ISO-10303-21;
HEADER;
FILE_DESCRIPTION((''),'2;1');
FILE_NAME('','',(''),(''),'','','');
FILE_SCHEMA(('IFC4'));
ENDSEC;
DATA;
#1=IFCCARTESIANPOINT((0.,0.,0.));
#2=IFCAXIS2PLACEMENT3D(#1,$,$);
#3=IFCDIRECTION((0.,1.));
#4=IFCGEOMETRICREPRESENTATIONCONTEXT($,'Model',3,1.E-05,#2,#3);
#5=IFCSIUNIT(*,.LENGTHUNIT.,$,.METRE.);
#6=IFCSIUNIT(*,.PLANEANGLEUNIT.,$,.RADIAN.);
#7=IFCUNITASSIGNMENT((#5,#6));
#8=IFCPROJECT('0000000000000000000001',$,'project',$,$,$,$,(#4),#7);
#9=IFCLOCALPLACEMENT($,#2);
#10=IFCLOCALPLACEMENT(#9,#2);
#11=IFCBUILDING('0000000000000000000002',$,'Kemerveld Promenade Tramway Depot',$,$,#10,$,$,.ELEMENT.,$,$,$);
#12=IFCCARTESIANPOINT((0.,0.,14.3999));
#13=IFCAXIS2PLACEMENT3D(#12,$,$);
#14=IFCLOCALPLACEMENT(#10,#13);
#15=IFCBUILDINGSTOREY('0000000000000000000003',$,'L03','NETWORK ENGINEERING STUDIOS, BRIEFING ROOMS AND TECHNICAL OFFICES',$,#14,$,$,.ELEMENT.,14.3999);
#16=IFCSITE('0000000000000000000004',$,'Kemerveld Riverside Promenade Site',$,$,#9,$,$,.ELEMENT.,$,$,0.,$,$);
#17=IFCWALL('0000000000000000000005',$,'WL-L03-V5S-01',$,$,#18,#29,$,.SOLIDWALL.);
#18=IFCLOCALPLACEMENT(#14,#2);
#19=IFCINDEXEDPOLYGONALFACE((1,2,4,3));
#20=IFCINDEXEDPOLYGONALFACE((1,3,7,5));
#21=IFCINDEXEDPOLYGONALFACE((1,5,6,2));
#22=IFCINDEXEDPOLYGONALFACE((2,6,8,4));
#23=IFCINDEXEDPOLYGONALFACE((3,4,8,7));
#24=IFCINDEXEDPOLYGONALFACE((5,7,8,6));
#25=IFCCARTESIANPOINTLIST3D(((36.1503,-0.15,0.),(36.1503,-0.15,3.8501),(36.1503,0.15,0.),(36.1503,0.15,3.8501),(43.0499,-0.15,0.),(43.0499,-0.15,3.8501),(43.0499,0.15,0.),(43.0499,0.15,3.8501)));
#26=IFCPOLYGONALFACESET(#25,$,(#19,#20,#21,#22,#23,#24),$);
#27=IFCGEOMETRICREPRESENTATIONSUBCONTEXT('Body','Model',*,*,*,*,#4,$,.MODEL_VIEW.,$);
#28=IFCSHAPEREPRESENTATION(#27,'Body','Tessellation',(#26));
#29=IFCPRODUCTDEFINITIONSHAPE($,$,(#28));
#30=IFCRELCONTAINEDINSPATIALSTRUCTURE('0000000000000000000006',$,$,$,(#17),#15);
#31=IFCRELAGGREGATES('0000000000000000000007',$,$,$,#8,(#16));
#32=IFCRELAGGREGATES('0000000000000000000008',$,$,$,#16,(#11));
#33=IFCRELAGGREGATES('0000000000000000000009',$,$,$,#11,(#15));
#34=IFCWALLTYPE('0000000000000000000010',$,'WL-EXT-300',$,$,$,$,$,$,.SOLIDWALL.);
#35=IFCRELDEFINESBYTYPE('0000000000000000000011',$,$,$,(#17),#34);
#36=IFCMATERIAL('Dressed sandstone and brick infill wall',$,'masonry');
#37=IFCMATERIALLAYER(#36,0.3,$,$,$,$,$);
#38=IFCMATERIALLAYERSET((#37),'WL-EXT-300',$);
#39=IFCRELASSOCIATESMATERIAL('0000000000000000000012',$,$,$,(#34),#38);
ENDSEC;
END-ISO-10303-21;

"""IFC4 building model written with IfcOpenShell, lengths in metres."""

from ifc_helpers import new_model, si_unit, direction, frame, frame_2d, origin, place, context, subcontext, project, spatial, rectangle, extrude, material, layer, layer_set, type_object, element, save


model = new_model("IFC4")

# Units and contexts
model_context = context("Model", 3, precision=1e-05, world=origin(), true_north=direction((0.0, 1.0)))
body_context = subcontext(model_context, "Body", "Model", "MODEL_VIEW")
ifc_project = project(units=[si_unit("LENGTHUNIT", "METRE"), si_unit("PLANEANGLEUNIT", "RADIAN")], contexts=[model_context])

# Site, building, storey
site_placement = place(None, origin())
site = spatial("IfcSite", under=ifc_project, at=site_placement, Name="Kemerveld Riverside Promenade Site", CompositionType="ELEMENT", RefElevation=0.0)
building_placement = place(site_placement, origin())
building = spatial("IfcBuilding", under=site, at=building_placement, Name="Kemerveld Promenade Tramway Depot", CompositionType="ELEMENT")
storey_placement = place(building_placement, frame((0.0, 0.0, 14.3999)))
storey = spatial("IfcBuildingStorey", under=building, at=storey_placement, Name="L03", Description="NETWORK ENGINEERING STUDIOS, BRIEFING ROOMS AND TECHNICAL OFFICES", CompositionType="ELEMENT", Elevation=14.3999)

# Wall
ifc_material_1 = material(Name="Dressed sandstone and brick infill wall", Category="masonry")
ifc_layer_1 = layer(ifc_material_1, 0.3)
ifc_layer_set_1 = layer_set([ifc_layer_1], Name="WL-EXT-300")
wall_type = type_object("IfcWallType", Name="WL-EXT-300", PredefinedType="SOLIDWALL", material=ifc_layer_set_1)
wall_placement = place(storey_placement, frame((43.0498, 0.0, 0.0), z_axis=(0.0, 0.0, 1.0), x_axis=(-1.0, 0.0, 0.0)))
element("IfcWall", 1, at=wall_placement, inside=storey, type_object=wall_type, Name="WL-L03-V5S-01", PredefinedType="SOLIDWALL", context=body_context, shape_type="SweptSolid", body=[
    extrude(rectangle(XDim=6.8997, YDim=0.3, at=frame_2d((3.4497, 0.0))), origin(), (0.0, 0.0, 1.0), 3.8501),
])

save(model, "model.ifc")
